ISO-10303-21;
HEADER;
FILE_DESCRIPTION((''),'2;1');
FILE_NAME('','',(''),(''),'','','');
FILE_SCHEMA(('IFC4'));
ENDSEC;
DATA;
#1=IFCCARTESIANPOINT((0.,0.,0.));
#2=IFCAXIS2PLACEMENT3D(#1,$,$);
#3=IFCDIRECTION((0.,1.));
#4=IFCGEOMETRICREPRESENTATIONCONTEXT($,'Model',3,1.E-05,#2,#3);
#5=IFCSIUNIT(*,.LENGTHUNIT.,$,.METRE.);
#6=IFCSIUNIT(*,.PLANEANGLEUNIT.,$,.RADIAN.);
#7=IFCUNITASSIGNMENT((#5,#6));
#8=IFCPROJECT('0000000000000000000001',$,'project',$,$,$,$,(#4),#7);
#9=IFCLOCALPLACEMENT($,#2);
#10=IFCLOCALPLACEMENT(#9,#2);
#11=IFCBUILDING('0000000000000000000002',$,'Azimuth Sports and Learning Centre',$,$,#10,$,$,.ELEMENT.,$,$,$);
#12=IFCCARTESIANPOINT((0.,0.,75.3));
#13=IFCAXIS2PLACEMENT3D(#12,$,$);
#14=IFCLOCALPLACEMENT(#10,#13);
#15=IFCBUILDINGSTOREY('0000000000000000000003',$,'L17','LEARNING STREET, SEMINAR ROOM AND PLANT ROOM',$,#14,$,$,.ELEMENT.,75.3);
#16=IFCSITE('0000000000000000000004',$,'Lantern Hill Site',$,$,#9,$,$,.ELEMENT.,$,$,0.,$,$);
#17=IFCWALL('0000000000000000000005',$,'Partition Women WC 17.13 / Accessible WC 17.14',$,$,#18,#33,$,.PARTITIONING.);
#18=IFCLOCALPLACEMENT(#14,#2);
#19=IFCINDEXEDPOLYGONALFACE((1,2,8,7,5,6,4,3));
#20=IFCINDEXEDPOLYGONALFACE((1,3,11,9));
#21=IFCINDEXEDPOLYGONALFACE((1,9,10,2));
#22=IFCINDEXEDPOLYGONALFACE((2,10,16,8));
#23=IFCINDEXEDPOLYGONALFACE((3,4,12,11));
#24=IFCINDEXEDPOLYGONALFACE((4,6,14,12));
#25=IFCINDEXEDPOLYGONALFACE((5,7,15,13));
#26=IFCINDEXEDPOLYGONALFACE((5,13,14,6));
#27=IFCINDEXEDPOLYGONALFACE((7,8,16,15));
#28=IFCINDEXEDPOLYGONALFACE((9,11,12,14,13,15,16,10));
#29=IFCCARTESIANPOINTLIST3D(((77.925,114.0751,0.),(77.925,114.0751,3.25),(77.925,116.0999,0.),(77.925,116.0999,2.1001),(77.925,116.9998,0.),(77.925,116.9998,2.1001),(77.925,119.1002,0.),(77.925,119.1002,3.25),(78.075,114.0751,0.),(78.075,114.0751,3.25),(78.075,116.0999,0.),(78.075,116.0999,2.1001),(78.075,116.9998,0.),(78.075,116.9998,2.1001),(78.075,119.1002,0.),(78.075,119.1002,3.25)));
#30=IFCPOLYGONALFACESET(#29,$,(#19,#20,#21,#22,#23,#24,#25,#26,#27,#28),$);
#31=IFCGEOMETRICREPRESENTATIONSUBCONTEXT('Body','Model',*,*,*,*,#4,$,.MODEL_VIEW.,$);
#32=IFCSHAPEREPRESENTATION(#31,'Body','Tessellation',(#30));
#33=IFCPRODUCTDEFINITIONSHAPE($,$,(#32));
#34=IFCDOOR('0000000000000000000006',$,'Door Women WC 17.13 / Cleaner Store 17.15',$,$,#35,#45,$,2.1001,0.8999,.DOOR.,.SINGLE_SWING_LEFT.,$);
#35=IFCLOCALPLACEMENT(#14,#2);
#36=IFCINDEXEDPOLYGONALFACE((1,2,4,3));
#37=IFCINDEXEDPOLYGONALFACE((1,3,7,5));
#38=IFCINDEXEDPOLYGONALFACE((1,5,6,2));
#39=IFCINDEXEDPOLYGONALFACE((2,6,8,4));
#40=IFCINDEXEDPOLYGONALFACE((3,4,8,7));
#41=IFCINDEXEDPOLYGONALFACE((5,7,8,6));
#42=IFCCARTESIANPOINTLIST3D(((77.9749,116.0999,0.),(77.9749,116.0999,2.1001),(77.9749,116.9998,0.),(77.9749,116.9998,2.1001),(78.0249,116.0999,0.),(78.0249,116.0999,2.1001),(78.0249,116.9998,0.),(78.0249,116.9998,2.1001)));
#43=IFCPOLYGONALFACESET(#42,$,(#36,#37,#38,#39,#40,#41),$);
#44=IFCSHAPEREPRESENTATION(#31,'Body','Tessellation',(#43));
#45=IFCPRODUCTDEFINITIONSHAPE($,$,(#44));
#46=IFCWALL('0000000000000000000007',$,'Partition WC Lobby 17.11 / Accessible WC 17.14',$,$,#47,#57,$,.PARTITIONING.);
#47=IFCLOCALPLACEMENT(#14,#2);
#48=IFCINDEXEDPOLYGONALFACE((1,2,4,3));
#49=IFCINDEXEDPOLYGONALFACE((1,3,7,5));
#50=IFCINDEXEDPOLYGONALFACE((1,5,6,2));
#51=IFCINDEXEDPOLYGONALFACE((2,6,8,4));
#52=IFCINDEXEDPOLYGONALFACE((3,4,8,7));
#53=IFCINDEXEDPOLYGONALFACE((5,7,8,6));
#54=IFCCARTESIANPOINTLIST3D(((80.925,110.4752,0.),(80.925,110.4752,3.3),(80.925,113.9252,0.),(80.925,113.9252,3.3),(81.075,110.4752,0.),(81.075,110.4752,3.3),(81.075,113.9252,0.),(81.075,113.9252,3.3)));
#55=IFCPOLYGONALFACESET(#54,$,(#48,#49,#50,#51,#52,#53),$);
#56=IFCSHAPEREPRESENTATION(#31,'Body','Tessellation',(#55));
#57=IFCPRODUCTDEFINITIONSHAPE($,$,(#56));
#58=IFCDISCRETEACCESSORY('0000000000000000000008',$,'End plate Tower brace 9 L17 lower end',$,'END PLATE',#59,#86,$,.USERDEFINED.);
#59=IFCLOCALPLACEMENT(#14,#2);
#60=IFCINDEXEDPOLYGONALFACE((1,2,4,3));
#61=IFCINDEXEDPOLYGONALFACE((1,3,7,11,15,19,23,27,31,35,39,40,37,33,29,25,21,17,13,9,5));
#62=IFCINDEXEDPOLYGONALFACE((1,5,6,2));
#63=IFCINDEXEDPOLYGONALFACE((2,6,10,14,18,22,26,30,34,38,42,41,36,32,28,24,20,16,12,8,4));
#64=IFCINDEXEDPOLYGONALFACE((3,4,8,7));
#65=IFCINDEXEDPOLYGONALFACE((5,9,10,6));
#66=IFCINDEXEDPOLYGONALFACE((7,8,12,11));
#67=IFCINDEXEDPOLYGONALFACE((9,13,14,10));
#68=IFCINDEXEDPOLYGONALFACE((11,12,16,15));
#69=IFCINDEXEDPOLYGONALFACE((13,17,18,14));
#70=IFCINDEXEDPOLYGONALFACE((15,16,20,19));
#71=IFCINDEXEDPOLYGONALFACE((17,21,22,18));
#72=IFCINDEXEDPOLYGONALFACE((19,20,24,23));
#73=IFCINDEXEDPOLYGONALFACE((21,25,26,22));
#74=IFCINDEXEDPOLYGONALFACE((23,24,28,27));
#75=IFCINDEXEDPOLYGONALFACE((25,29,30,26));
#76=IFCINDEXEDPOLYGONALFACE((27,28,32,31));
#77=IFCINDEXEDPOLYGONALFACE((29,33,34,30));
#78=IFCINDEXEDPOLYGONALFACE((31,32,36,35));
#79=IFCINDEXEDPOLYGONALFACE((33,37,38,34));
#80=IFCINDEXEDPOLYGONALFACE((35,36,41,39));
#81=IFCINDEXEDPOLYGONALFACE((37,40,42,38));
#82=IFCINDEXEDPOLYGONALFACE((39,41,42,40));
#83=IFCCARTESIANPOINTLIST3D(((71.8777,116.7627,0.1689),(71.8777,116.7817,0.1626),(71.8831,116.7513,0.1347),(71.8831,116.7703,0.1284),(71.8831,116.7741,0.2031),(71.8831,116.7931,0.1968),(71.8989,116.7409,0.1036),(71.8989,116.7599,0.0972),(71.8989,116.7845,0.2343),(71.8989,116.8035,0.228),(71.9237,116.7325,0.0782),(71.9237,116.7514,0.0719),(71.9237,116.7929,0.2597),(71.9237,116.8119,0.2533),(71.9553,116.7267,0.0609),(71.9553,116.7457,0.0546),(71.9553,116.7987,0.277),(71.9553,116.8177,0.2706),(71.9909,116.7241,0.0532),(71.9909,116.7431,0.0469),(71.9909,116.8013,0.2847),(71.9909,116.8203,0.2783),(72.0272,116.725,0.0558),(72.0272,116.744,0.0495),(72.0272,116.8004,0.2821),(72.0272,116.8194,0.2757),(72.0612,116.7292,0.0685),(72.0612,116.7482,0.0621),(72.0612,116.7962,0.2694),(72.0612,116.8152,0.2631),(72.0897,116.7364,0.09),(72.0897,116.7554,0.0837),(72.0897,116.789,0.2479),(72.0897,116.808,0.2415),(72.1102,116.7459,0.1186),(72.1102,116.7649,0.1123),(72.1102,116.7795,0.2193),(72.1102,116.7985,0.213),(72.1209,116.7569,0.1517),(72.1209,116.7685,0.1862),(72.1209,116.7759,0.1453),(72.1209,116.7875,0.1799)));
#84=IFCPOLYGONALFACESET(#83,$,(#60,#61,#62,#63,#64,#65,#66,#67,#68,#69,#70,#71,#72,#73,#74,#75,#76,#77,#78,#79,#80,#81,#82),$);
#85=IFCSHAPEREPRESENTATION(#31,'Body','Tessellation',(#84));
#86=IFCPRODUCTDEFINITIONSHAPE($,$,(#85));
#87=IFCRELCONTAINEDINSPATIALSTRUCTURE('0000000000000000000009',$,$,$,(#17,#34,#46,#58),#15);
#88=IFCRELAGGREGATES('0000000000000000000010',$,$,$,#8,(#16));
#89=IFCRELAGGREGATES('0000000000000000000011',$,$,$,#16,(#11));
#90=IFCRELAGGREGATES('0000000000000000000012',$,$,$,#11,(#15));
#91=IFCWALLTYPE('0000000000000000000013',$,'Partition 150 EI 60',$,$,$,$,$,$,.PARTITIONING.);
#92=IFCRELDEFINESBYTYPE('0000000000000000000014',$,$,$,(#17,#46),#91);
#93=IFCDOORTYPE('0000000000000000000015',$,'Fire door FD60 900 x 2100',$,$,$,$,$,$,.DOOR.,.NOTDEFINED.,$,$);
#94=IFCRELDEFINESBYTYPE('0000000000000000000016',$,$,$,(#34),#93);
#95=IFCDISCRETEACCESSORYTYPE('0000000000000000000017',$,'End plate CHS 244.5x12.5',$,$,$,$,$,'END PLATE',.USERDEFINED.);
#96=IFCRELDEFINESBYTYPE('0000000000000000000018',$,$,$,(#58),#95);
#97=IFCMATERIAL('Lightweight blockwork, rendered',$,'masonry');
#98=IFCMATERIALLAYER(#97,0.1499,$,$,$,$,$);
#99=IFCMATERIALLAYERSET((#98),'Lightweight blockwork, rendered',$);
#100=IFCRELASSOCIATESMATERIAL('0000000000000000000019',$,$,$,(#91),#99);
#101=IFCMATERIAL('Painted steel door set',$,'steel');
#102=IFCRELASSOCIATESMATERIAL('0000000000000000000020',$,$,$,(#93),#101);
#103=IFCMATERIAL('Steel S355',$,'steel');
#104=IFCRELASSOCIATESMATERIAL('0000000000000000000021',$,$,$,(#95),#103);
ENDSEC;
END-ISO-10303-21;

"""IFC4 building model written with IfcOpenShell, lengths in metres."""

from ifc_helpers import new_model, si_unit, direction, frame, frame_2d, origin, origin_2d, place, context, subcontext, project, spatial, rectangle, circle, extrude, material, layer, layer_set, material_profile, profile_set, type_object, element, fill, save


model = new_model("IFC4")

# Units and contexts
model_context = context("Model", 3, precision=1e-05, world=origin(), true_north=direction((0.0, 1.0)))
body_context = subcontext(model_context, "Body", "Model", "MODEL_VIEW")
ifc_project = project(units=[si_unit("LENGTHUNIT", "METRE"), si_unit("PLANEANGLEUNIT", "RADIAN")], contexts=[model_context])

# Site, building, storey
site_placement = place(None, origin())
site = spatial("IfcSite", under=ifc_project, at=site_placement, Name="Lantern Hill Site", CompositionType="ELEMENT", RefElevation=0.0)
building_placement = place(site_placement, origin())
building = spatial("IfcBuilding", under=site, at=building_placement, Name="Azimuth Sports and Learning Centre", CompositionType="ELEMENT")
storey_placement = place(building_placement, frame((0.0, 0.0, 75.3)))
storey = spatial("IfcBuildingStorey", under=building, at=storey_placement, Name="L17", Description="LEARNING STREET, SEMINAR ROOM AND PLANT ROOM", CompositionType="ELEMENT", Elevation=75.3)

# Shared definitions
ifc_material_1 = material(Name="Lightweight blockwork, rendered", Category="masonry")
ifc_layer_1 = layer(ifc_material_1, 0.1499)
ifc_layer_set_1 = layer_set([ifc_layer_1], Name="Lightweight blockwork, rendered")
wall_type_1 = type_object("IfcWallType", Name="Partition 150 EI 60", PredefinedType="PARTITIONING", material=ifc_layer_set_1)

# Wall, opening, door
wall_1_placement = place(storey_placement, frame((78.0, 114.075, 0.0), z_axis=(0.0, 0.0, 1.0), x_axis=(0.0, 1.0, 0.0)))
wall_1 = element("IfcWall", 1, at=wall_1_placement, inside=storey, type_object=wall_type_1, Name="Partition Women WC 17.13 / Accessible WC 17.14", PredefinedType="PARTITIONING", context=body_context, shape_type="SweptSolid", body=[
    extrude(rectangle(XDim=5.0251, YDim=0.1499, at=frame_2d((2.5127, 0.0))), origin(), (0.0, 0.0, 1.0), 3.25),
])
opening_placement = place(wall_1_placement, frame((2.0249, 0.0, 0.0)))
opening = element("IfcOpeningElement", 2, at=opening_placement, cuts=wall_1, PredefinedType="OPENING", context=body_context, shape_type="SweptSolid", body=[
    extrude(rectangle(XDim=0.8999, YDim=2.1001, at=frame_2d((0.45, 1.05))), frame((0.0, 0.0859, 0.0), z_axis=(0.0, -1.0, 0.0), x_axis=(1.0, 0.0, 0.0)), (0.0, 0.0, 1.0), 0.1719),
])
ifc_material_2 = material(Name="Painted steel door set", Category="steel")
door_type = type_object("IfcDoorType", Name="Fire door FD60 900 x 2100", OperationType="NOTDEFINED", PredefinedType="DOOR", material=ifc_material_2)
door_placement = place(opening_placement, frame((0.8999, 0.0, 0.0), z_axis=(0.0, 0.0, 1.0), x_axis=(-1.0, 0.0, 0.0)))
door = element("IfcDoor", 3, at=door_placement, inside=storey, type_object=door_type, Name="Door Women WC 17.13 / Cleaner Store 17.15", OperationType="SINGLE_SWING_LEFT", OverallHeight=2.1001, OverallWidth=0.8999, PredefinedType="DOOR", context=body_context, shape_type="SweptSolid", body=[
    extrude(rectangle(XDim=0.8999, YDim=2.1001, at=frame_2d((0.45, 1.05))), frame((0.0, 0.0249, 0.0), z_axis=(0.0, -1.0, 0.0), x_axis=(1.0, 0.0, 0.0)), (0.0, 0.0, 1.0), 0.05),
])
fill(opening, door)

# Wall
wall_2_placement = place(storey_placement, frame((81.0, 110.4751, 0.0), z_axis=(0.0, 0.0, 1.0), x_axis=(0.0, 1.0, 0.0)))
element("IfcWall", 4, at=wall_2_placement, inside=storey, type_object=wall_type_1, Name="Partition WC Lobby 17.11 / Accessible WC 17.14", PredefinedType="PARTITIONING", context=body_context, shape_type="SweptSolid", body=[
    extrude(rectangle(XDim=3.45, YDim=0.1499, at=frame_2d((1.7251, 0.0))), origin(), (0.0, 0.0, 1.0), 3.3),
])

# Discrete accessory
ifc_material_3 = material(Name="Steel S355", Category="steel")
ifc_material_profile_1 = material_profile(ifc_material_3, circle(Radius=0.1223, at=origin_2d()), Name="PL 244 DISC")
ifc_profile_set_1 = profile_set([ifc_material_profile_1], Name="Steel S355")
discrete_accessory_type = type_object("IfcDiscreteAccessoryType", Name="End plate CHS 244.5x12.5", ElementType="END PLATE", PredefinedType="USERDEFINED", material=ifc_profile_set_1)
discrete_accessory_placement = place(storey_placement, frame((72.0, 116.7627, 0.1689), z_axis=(0.0, 0.948683, -0.316228), x_axis=(-1.0, 0.0, 0.0)))
element("IfcDiscreteAccessory", 5, at=discrete_accessory_placement, inside=storey, type_object=discrete_accessory_type, Name="End plate Tower brace 9 L17 lower end", ObjectType="END PLATE", PredefinedType="USERDEFINED", context=body_context, shape_type="SweptSolid", body=[
    extrude(circle(Radius=0.1223, at=origin_2d()), origin(), (0.0, 0.0, 1.0), 0.02),
])

save(model, "model.ifc")
